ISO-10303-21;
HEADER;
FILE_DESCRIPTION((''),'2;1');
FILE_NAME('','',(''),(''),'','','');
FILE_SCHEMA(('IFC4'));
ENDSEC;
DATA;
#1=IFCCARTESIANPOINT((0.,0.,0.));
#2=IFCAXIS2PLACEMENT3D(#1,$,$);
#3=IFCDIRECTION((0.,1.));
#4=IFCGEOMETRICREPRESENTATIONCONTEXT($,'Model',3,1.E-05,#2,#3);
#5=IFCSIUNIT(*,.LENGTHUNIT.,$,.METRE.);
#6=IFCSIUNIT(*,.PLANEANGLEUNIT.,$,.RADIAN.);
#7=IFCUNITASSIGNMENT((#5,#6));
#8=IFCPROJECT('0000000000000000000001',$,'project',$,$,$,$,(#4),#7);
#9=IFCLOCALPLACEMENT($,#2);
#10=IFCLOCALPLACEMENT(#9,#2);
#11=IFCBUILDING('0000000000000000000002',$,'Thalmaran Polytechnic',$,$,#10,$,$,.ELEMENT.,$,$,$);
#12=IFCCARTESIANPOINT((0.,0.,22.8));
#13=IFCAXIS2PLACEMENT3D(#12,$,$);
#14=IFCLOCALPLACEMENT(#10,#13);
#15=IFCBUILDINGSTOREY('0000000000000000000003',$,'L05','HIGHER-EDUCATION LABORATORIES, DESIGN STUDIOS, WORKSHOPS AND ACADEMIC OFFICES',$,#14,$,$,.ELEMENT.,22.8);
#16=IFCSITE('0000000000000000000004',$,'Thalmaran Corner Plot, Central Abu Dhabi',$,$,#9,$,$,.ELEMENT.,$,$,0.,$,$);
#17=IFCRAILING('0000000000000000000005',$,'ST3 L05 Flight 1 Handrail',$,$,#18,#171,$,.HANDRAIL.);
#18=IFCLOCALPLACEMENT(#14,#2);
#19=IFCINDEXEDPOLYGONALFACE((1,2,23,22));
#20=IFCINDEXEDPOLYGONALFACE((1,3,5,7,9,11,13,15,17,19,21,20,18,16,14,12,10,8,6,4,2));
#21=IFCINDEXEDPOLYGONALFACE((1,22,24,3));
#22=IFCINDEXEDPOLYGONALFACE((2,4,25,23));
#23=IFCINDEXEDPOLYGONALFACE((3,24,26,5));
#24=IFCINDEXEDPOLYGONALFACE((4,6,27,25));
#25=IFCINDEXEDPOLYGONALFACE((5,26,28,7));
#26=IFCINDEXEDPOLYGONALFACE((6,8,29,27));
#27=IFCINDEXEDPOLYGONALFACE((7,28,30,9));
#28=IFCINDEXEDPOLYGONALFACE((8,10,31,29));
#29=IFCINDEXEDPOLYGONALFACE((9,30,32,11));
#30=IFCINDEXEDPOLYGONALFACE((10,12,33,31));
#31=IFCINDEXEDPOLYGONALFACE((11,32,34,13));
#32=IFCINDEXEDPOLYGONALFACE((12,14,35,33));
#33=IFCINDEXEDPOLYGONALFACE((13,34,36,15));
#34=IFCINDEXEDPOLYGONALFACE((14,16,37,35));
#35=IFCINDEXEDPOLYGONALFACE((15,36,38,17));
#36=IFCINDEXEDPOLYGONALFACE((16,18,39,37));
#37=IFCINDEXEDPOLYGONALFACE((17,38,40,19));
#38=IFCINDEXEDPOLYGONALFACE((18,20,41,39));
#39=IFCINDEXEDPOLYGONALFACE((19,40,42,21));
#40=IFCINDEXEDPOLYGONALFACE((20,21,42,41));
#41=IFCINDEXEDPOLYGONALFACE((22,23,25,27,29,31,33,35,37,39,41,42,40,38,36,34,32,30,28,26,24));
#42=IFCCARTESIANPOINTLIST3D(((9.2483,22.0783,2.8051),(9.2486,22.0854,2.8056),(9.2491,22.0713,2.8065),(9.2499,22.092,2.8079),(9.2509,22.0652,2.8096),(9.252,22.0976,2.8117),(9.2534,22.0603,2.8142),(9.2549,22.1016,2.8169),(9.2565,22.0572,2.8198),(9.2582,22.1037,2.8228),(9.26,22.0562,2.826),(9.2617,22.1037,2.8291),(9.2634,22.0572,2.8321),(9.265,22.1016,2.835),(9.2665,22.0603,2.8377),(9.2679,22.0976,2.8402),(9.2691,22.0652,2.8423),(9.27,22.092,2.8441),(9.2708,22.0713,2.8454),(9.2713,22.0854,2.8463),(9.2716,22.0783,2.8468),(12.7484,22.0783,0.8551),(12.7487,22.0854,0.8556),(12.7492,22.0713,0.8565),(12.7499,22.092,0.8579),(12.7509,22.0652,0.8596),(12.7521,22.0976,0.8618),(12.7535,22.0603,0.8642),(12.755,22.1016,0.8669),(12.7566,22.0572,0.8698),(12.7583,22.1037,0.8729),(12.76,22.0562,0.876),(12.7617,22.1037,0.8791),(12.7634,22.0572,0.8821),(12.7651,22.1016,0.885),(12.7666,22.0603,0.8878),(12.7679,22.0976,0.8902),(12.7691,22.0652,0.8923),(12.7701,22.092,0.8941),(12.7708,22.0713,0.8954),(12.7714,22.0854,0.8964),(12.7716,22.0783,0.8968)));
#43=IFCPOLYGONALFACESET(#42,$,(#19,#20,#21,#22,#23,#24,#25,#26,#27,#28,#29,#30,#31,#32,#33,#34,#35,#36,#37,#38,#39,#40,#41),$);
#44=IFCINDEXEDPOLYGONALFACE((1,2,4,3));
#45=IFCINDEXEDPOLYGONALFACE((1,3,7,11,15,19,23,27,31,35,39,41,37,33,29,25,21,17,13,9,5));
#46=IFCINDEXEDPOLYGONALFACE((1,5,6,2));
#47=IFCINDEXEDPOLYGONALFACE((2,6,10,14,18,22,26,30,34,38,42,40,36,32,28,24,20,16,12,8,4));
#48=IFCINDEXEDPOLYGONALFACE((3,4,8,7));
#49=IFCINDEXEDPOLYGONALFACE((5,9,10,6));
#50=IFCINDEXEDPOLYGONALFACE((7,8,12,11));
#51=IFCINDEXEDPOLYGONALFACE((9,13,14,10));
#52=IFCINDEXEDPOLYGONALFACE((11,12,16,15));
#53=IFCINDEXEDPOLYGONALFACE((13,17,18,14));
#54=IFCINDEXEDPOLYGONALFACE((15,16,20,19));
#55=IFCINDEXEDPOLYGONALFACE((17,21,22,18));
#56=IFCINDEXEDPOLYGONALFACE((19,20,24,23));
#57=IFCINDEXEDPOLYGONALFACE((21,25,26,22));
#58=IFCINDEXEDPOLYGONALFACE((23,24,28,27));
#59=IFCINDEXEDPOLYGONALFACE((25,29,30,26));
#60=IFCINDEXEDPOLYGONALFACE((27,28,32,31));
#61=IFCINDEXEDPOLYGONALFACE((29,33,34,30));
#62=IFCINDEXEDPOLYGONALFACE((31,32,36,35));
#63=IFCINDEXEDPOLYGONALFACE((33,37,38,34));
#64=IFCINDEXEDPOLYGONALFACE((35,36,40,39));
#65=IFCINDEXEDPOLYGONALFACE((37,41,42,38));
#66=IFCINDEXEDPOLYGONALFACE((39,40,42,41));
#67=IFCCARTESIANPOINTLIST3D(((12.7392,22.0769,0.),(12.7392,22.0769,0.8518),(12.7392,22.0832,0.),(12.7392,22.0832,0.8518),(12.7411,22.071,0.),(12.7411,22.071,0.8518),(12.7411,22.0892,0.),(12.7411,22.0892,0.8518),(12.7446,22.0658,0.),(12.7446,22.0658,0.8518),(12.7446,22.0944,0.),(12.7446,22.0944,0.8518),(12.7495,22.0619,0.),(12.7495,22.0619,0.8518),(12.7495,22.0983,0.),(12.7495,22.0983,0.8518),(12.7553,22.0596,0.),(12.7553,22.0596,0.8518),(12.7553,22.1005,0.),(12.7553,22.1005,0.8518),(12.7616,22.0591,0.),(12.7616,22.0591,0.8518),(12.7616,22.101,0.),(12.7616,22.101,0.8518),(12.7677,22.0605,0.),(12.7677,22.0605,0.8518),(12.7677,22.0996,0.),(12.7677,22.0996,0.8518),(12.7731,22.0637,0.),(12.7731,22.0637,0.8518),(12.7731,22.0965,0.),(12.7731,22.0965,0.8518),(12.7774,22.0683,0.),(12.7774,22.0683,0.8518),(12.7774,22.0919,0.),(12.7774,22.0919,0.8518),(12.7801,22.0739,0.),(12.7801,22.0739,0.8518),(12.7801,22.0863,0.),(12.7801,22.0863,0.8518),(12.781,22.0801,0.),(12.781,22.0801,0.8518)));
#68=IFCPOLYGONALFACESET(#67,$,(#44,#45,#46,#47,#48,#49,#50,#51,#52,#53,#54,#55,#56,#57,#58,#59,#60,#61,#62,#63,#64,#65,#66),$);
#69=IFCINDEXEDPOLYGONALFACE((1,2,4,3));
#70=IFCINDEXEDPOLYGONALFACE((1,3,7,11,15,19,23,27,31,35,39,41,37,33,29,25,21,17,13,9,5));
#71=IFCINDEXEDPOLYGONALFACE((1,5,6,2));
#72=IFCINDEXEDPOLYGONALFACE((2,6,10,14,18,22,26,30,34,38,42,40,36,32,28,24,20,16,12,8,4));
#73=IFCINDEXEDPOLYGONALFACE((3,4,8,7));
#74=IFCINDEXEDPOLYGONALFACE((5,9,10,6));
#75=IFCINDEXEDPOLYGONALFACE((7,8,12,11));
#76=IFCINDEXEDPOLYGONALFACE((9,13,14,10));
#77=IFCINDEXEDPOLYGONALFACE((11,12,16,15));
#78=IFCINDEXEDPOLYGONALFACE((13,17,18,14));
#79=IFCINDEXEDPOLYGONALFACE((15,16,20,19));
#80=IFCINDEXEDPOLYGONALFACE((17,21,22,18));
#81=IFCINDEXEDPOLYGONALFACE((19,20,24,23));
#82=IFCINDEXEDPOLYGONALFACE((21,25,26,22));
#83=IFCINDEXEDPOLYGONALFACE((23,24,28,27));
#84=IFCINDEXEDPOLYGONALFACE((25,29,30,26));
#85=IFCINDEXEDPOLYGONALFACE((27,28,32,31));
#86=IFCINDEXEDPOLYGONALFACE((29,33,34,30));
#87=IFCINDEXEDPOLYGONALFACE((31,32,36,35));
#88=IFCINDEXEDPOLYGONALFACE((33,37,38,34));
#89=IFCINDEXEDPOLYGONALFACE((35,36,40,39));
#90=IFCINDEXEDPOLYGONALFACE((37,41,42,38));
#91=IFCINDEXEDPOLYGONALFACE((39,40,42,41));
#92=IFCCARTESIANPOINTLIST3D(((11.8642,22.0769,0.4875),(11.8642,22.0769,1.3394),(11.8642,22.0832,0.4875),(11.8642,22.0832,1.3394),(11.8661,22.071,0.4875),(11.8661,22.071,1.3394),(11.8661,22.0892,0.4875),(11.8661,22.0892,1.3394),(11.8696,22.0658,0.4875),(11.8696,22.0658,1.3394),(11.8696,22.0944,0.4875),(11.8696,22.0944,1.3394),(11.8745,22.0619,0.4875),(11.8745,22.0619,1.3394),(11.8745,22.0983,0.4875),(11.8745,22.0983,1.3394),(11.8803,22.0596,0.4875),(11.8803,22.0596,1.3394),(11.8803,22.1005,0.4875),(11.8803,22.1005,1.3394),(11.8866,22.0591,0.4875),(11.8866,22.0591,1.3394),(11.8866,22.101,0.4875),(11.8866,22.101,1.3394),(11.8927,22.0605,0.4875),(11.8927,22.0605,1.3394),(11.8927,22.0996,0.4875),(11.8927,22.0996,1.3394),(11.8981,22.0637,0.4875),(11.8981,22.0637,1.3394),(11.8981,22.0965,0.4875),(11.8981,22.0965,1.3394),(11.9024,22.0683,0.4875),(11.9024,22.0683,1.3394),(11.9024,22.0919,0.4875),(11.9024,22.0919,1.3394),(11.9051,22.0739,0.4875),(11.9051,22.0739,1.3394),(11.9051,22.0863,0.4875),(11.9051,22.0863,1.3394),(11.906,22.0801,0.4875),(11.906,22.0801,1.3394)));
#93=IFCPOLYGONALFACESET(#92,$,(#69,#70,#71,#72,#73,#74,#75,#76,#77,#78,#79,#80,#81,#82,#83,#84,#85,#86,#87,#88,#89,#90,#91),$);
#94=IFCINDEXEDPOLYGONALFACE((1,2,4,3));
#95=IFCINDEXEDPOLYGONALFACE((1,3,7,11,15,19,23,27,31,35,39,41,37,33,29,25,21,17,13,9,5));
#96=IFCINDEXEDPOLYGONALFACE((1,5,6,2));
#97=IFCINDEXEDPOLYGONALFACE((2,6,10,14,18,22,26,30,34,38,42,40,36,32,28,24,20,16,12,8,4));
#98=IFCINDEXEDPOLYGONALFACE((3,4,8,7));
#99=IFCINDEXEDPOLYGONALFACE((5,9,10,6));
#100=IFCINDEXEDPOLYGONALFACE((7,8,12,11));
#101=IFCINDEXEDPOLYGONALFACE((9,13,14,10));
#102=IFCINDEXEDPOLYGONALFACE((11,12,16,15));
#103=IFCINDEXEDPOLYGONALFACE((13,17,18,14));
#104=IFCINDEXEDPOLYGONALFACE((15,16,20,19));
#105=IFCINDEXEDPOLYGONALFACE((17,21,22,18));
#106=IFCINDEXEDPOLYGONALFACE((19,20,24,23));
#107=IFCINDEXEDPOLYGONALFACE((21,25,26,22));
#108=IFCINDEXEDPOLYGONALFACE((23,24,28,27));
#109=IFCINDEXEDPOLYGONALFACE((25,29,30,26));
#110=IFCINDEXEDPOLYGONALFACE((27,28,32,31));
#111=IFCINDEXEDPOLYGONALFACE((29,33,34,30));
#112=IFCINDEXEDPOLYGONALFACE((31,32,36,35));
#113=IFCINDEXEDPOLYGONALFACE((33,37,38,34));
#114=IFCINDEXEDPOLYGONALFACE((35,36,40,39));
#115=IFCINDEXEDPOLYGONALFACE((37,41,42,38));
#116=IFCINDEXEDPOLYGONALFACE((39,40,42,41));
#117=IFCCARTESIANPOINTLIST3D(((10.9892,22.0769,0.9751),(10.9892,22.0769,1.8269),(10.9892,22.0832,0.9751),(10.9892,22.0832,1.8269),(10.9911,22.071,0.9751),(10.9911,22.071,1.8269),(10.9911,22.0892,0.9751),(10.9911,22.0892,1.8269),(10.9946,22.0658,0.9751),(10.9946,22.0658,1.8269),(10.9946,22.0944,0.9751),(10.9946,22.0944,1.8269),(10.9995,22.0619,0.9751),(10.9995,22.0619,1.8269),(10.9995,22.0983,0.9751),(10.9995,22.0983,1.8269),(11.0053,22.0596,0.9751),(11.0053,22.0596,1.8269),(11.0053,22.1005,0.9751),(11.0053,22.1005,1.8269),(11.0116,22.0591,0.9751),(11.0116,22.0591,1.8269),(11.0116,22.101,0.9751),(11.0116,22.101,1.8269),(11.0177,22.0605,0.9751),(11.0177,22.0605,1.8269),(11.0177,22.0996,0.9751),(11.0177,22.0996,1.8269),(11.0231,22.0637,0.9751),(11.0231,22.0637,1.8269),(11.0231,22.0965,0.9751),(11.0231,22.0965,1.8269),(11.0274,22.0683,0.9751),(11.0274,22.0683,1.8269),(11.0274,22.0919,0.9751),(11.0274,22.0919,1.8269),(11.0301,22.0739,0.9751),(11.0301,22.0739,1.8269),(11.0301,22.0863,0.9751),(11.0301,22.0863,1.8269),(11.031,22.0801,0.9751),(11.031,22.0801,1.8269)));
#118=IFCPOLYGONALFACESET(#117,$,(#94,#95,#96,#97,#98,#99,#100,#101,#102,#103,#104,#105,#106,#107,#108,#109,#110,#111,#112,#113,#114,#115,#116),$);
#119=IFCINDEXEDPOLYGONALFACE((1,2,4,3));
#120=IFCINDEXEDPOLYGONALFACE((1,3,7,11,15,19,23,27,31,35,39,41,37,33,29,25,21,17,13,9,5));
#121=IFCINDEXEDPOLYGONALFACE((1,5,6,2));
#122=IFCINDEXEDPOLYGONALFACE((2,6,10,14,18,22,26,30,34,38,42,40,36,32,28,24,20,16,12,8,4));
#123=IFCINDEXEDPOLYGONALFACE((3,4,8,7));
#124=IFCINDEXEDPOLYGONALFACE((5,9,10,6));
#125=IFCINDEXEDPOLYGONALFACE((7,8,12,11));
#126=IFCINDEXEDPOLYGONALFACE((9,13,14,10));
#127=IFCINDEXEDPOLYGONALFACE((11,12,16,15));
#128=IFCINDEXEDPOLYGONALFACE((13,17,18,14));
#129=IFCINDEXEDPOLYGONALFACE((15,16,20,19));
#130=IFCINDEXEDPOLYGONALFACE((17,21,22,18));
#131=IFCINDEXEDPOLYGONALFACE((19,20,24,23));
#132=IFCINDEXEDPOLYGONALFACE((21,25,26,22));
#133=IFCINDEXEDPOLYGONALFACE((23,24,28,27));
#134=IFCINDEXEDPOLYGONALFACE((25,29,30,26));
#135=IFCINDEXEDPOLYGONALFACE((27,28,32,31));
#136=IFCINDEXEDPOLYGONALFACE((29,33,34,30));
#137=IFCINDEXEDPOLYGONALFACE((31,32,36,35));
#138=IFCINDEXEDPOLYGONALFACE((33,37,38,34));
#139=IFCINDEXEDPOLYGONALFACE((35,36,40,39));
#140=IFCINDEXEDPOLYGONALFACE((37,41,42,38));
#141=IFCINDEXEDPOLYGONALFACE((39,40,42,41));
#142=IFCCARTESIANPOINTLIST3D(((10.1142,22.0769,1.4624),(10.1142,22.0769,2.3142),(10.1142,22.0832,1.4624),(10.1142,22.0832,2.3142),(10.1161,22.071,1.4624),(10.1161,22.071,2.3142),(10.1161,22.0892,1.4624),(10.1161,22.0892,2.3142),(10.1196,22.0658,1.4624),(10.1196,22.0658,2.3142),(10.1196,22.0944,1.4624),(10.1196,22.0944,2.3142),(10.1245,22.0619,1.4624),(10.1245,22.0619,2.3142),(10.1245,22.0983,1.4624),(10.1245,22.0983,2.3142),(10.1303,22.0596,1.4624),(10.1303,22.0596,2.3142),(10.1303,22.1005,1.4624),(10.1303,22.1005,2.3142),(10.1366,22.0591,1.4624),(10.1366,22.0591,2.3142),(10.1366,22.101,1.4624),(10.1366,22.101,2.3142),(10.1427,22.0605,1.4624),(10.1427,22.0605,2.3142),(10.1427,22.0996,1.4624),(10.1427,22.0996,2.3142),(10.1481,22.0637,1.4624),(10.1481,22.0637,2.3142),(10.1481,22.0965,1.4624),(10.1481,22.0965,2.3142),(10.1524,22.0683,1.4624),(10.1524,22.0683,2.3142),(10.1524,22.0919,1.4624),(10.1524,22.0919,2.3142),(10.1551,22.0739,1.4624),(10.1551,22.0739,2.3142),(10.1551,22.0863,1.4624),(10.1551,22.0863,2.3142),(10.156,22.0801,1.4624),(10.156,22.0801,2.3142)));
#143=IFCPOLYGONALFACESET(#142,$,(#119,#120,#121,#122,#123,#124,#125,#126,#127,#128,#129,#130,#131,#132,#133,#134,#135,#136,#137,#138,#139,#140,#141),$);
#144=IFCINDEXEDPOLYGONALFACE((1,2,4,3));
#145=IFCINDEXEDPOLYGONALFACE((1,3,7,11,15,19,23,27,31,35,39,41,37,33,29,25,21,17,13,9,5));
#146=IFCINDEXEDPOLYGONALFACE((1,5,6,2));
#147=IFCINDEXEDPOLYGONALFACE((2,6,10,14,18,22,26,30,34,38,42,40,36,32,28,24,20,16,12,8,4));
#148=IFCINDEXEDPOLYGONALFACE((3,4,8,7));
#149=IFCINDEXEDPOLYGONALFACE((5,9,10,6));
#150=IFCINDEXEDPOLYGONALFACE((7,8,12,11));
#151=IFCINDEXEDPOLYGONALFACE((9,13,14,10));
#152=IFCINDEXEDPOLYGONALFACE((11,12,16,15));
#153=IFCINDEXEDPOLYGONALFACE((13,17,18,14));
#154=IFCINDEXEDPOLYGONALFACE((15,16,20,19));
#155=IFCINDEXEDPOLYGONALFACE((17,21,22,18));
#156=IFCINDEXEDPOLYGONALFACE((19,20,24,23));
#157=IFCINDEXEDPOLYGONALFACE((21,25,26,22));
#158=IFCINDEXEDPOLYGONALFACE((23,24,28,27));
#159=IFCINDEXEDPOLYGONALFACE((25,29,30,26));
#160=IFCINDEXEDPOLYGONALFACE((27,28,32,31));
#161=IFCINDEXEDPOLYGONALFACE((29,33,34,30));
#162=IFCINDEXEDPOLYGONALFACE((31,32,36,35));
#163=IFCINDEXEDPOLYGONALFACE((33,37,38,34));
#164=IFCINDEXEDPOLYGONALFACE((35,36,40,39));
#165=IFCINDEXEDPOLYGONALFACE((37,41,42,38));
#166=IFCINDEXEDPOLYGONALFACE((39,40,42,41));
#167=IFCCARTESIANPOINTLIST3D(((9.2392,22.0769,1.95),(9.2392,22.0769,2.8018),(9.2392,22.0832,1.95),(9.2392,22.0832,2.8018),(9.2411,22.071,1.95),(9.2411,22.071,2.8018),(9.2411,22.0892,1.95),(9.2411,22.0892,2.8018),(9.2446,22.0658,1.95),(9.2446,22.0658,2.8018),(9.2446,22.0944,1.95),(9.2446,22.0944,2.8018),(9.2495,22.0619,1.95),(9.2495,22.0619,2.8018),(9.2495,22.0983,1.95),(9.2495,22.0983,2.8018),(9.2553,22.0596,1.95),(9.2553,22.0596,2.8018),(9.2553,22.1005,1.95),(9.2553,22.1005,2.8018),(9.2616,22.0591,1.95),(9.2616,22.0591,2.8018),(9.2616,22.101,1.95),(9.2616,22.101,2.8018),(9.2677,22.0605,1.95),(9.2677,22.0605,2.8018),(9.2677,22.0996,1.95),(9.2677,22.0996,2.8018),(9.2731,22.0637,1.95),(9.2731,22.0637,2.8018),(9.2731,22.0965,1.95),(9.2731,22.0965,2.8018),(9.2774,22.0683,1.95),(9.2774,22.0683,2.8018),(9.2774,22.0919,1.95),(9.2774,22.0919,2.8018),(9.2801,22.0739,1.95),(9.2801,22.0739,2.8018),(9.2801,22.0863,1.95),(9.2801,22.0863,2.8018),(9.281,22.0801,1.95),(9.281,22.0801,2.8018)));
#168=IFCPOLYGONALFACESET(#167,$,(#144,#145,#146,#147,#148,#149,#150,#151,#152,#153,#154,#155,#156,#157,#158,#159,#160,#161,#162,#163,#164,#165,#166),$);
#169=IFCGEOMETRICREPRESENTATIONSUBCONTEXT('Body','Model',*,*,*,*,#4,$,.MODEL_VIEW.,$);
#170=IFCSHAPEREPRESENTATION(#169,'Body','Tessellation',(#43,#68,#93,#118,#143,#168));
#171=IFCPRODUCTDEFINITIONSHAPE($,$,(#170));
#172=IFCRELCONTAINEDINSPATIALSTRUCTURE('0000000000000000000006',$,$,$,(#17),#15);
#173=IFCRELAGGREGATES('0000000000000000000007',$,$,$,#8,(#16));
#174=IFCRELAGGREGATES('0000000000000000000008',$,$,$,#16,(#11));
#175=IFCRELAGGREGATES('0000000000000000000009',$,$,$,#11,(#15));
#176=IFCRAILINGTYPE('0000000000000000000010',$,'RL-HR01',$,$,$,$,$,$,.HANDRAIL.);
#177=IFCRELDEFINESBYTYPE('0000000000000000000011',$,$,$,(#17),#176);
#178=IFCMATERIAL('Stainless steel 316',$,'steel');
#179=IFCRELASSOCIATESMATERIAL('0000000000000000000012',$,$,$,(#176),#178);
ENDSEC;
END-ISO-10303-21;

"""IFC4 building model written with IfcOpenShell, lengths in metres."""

from ifc_helpers import new_model, si_unit, direction, frame, origin, origin_2d, place, context, subcontext, project, spatial, circle, extrude, material, type_object, element, save


model = new_model("IFC4")

# Units and contexts
model_context = context("Model", 3, precision=1e-05, world=origin(), true_north=direction((0.0, 1.0)))
body_context = subcontext(model_context, "Body", "Model", "MODEL_VIEW")
ifc_project = project(units=[si_unit("LENGTHUNIT", "METRE"), si_unit("PLANEANGLEUNIT", "RADIAN")], contexts=[model_context])

# Site, building, storey
site_placement = place(None, origin())
site = spatial("IfcSite", under=ifc_project, at=site_placement, Name="Thalmaran Corner Plot, Central Abu Dhabi", CompositionType="ELEMENT", RefElevation=0.0)
building_placement = place(site_placement, origin())
building = spatial("IfcBuilding", under=site, at=building_placement, Name="Thalmaran Polytechnic", CompositionType="ELEMENT")
storey_placement = place(building_placement, frame((0.0, 0.0, 22.8)))
storey = spatial("IfcBuildingStorey", under=building, at=storey_placement, Name="L05", Description="HIGHER-EDUCATION LABORATORIES, DESIGN STUDIOS, WORKSHOPS AND ACADEMIC OFFICES", CompositionType="ELEMENT", Elevation=22.8)

# Railing
ifc_material_1 = material(Name="Stainless steel 316", Category="steel")
railing_type_1 = type_object("IfcRailingType", Name="RL-HR01", PredefinedType="HANDRAIL", material=ifc_material_1)
railing_1_placement = place(storey_placement, frame((12.76, 22.0801, 0.0)))
element("IfcRailing", 1, at=railing_1_placement, inside=storey, type_object=railing_type_1, Name="ST3 L05 Flight 1 Handrail", PredefinedType="HANDRAIL", context=body_context, shape_type="SweptSolid", body=[
    extrude(circle(Radius=0.0239, at=origin_2d()), frame((0.0, 0.0, 0.876), z_axis=(-0.873573, 0.0, 0.486693), x_axis=(0.0, -1.0, 0.0)), (0.0, 0.0, 1.0), 4.0066),
    extrude(circle(Radius=0.021, at=origin_2d()), origin(), (0.0, 0.0, 1.0), 0.8518),
    extrude(circle(Radius=0.021, at=origin_2d()), frame((-0.875, 0.0, 0.4875)), (0.0, 0.0, 1.0), 0.8518),
    extrude(circle(Radius=0.021, at=origin_2d()), frame((-1.75, 0.0, 0.9751)), (0.0, 0.0, 1.0), 0.8518),
    extrude(circle(Radius=0.021, at=origin_2d()), frame((-2.625, 0.0, 1.4624)), (0.0, 0.0, 1.0), 0.8518),
    extrude(circle(Radius=0.021, at=origin_2d()), frame((-3.5, 0.0, 1.95)), (0.0, 0.0, 1.0), 0.8518),
])

save(model, "model.ifc")
